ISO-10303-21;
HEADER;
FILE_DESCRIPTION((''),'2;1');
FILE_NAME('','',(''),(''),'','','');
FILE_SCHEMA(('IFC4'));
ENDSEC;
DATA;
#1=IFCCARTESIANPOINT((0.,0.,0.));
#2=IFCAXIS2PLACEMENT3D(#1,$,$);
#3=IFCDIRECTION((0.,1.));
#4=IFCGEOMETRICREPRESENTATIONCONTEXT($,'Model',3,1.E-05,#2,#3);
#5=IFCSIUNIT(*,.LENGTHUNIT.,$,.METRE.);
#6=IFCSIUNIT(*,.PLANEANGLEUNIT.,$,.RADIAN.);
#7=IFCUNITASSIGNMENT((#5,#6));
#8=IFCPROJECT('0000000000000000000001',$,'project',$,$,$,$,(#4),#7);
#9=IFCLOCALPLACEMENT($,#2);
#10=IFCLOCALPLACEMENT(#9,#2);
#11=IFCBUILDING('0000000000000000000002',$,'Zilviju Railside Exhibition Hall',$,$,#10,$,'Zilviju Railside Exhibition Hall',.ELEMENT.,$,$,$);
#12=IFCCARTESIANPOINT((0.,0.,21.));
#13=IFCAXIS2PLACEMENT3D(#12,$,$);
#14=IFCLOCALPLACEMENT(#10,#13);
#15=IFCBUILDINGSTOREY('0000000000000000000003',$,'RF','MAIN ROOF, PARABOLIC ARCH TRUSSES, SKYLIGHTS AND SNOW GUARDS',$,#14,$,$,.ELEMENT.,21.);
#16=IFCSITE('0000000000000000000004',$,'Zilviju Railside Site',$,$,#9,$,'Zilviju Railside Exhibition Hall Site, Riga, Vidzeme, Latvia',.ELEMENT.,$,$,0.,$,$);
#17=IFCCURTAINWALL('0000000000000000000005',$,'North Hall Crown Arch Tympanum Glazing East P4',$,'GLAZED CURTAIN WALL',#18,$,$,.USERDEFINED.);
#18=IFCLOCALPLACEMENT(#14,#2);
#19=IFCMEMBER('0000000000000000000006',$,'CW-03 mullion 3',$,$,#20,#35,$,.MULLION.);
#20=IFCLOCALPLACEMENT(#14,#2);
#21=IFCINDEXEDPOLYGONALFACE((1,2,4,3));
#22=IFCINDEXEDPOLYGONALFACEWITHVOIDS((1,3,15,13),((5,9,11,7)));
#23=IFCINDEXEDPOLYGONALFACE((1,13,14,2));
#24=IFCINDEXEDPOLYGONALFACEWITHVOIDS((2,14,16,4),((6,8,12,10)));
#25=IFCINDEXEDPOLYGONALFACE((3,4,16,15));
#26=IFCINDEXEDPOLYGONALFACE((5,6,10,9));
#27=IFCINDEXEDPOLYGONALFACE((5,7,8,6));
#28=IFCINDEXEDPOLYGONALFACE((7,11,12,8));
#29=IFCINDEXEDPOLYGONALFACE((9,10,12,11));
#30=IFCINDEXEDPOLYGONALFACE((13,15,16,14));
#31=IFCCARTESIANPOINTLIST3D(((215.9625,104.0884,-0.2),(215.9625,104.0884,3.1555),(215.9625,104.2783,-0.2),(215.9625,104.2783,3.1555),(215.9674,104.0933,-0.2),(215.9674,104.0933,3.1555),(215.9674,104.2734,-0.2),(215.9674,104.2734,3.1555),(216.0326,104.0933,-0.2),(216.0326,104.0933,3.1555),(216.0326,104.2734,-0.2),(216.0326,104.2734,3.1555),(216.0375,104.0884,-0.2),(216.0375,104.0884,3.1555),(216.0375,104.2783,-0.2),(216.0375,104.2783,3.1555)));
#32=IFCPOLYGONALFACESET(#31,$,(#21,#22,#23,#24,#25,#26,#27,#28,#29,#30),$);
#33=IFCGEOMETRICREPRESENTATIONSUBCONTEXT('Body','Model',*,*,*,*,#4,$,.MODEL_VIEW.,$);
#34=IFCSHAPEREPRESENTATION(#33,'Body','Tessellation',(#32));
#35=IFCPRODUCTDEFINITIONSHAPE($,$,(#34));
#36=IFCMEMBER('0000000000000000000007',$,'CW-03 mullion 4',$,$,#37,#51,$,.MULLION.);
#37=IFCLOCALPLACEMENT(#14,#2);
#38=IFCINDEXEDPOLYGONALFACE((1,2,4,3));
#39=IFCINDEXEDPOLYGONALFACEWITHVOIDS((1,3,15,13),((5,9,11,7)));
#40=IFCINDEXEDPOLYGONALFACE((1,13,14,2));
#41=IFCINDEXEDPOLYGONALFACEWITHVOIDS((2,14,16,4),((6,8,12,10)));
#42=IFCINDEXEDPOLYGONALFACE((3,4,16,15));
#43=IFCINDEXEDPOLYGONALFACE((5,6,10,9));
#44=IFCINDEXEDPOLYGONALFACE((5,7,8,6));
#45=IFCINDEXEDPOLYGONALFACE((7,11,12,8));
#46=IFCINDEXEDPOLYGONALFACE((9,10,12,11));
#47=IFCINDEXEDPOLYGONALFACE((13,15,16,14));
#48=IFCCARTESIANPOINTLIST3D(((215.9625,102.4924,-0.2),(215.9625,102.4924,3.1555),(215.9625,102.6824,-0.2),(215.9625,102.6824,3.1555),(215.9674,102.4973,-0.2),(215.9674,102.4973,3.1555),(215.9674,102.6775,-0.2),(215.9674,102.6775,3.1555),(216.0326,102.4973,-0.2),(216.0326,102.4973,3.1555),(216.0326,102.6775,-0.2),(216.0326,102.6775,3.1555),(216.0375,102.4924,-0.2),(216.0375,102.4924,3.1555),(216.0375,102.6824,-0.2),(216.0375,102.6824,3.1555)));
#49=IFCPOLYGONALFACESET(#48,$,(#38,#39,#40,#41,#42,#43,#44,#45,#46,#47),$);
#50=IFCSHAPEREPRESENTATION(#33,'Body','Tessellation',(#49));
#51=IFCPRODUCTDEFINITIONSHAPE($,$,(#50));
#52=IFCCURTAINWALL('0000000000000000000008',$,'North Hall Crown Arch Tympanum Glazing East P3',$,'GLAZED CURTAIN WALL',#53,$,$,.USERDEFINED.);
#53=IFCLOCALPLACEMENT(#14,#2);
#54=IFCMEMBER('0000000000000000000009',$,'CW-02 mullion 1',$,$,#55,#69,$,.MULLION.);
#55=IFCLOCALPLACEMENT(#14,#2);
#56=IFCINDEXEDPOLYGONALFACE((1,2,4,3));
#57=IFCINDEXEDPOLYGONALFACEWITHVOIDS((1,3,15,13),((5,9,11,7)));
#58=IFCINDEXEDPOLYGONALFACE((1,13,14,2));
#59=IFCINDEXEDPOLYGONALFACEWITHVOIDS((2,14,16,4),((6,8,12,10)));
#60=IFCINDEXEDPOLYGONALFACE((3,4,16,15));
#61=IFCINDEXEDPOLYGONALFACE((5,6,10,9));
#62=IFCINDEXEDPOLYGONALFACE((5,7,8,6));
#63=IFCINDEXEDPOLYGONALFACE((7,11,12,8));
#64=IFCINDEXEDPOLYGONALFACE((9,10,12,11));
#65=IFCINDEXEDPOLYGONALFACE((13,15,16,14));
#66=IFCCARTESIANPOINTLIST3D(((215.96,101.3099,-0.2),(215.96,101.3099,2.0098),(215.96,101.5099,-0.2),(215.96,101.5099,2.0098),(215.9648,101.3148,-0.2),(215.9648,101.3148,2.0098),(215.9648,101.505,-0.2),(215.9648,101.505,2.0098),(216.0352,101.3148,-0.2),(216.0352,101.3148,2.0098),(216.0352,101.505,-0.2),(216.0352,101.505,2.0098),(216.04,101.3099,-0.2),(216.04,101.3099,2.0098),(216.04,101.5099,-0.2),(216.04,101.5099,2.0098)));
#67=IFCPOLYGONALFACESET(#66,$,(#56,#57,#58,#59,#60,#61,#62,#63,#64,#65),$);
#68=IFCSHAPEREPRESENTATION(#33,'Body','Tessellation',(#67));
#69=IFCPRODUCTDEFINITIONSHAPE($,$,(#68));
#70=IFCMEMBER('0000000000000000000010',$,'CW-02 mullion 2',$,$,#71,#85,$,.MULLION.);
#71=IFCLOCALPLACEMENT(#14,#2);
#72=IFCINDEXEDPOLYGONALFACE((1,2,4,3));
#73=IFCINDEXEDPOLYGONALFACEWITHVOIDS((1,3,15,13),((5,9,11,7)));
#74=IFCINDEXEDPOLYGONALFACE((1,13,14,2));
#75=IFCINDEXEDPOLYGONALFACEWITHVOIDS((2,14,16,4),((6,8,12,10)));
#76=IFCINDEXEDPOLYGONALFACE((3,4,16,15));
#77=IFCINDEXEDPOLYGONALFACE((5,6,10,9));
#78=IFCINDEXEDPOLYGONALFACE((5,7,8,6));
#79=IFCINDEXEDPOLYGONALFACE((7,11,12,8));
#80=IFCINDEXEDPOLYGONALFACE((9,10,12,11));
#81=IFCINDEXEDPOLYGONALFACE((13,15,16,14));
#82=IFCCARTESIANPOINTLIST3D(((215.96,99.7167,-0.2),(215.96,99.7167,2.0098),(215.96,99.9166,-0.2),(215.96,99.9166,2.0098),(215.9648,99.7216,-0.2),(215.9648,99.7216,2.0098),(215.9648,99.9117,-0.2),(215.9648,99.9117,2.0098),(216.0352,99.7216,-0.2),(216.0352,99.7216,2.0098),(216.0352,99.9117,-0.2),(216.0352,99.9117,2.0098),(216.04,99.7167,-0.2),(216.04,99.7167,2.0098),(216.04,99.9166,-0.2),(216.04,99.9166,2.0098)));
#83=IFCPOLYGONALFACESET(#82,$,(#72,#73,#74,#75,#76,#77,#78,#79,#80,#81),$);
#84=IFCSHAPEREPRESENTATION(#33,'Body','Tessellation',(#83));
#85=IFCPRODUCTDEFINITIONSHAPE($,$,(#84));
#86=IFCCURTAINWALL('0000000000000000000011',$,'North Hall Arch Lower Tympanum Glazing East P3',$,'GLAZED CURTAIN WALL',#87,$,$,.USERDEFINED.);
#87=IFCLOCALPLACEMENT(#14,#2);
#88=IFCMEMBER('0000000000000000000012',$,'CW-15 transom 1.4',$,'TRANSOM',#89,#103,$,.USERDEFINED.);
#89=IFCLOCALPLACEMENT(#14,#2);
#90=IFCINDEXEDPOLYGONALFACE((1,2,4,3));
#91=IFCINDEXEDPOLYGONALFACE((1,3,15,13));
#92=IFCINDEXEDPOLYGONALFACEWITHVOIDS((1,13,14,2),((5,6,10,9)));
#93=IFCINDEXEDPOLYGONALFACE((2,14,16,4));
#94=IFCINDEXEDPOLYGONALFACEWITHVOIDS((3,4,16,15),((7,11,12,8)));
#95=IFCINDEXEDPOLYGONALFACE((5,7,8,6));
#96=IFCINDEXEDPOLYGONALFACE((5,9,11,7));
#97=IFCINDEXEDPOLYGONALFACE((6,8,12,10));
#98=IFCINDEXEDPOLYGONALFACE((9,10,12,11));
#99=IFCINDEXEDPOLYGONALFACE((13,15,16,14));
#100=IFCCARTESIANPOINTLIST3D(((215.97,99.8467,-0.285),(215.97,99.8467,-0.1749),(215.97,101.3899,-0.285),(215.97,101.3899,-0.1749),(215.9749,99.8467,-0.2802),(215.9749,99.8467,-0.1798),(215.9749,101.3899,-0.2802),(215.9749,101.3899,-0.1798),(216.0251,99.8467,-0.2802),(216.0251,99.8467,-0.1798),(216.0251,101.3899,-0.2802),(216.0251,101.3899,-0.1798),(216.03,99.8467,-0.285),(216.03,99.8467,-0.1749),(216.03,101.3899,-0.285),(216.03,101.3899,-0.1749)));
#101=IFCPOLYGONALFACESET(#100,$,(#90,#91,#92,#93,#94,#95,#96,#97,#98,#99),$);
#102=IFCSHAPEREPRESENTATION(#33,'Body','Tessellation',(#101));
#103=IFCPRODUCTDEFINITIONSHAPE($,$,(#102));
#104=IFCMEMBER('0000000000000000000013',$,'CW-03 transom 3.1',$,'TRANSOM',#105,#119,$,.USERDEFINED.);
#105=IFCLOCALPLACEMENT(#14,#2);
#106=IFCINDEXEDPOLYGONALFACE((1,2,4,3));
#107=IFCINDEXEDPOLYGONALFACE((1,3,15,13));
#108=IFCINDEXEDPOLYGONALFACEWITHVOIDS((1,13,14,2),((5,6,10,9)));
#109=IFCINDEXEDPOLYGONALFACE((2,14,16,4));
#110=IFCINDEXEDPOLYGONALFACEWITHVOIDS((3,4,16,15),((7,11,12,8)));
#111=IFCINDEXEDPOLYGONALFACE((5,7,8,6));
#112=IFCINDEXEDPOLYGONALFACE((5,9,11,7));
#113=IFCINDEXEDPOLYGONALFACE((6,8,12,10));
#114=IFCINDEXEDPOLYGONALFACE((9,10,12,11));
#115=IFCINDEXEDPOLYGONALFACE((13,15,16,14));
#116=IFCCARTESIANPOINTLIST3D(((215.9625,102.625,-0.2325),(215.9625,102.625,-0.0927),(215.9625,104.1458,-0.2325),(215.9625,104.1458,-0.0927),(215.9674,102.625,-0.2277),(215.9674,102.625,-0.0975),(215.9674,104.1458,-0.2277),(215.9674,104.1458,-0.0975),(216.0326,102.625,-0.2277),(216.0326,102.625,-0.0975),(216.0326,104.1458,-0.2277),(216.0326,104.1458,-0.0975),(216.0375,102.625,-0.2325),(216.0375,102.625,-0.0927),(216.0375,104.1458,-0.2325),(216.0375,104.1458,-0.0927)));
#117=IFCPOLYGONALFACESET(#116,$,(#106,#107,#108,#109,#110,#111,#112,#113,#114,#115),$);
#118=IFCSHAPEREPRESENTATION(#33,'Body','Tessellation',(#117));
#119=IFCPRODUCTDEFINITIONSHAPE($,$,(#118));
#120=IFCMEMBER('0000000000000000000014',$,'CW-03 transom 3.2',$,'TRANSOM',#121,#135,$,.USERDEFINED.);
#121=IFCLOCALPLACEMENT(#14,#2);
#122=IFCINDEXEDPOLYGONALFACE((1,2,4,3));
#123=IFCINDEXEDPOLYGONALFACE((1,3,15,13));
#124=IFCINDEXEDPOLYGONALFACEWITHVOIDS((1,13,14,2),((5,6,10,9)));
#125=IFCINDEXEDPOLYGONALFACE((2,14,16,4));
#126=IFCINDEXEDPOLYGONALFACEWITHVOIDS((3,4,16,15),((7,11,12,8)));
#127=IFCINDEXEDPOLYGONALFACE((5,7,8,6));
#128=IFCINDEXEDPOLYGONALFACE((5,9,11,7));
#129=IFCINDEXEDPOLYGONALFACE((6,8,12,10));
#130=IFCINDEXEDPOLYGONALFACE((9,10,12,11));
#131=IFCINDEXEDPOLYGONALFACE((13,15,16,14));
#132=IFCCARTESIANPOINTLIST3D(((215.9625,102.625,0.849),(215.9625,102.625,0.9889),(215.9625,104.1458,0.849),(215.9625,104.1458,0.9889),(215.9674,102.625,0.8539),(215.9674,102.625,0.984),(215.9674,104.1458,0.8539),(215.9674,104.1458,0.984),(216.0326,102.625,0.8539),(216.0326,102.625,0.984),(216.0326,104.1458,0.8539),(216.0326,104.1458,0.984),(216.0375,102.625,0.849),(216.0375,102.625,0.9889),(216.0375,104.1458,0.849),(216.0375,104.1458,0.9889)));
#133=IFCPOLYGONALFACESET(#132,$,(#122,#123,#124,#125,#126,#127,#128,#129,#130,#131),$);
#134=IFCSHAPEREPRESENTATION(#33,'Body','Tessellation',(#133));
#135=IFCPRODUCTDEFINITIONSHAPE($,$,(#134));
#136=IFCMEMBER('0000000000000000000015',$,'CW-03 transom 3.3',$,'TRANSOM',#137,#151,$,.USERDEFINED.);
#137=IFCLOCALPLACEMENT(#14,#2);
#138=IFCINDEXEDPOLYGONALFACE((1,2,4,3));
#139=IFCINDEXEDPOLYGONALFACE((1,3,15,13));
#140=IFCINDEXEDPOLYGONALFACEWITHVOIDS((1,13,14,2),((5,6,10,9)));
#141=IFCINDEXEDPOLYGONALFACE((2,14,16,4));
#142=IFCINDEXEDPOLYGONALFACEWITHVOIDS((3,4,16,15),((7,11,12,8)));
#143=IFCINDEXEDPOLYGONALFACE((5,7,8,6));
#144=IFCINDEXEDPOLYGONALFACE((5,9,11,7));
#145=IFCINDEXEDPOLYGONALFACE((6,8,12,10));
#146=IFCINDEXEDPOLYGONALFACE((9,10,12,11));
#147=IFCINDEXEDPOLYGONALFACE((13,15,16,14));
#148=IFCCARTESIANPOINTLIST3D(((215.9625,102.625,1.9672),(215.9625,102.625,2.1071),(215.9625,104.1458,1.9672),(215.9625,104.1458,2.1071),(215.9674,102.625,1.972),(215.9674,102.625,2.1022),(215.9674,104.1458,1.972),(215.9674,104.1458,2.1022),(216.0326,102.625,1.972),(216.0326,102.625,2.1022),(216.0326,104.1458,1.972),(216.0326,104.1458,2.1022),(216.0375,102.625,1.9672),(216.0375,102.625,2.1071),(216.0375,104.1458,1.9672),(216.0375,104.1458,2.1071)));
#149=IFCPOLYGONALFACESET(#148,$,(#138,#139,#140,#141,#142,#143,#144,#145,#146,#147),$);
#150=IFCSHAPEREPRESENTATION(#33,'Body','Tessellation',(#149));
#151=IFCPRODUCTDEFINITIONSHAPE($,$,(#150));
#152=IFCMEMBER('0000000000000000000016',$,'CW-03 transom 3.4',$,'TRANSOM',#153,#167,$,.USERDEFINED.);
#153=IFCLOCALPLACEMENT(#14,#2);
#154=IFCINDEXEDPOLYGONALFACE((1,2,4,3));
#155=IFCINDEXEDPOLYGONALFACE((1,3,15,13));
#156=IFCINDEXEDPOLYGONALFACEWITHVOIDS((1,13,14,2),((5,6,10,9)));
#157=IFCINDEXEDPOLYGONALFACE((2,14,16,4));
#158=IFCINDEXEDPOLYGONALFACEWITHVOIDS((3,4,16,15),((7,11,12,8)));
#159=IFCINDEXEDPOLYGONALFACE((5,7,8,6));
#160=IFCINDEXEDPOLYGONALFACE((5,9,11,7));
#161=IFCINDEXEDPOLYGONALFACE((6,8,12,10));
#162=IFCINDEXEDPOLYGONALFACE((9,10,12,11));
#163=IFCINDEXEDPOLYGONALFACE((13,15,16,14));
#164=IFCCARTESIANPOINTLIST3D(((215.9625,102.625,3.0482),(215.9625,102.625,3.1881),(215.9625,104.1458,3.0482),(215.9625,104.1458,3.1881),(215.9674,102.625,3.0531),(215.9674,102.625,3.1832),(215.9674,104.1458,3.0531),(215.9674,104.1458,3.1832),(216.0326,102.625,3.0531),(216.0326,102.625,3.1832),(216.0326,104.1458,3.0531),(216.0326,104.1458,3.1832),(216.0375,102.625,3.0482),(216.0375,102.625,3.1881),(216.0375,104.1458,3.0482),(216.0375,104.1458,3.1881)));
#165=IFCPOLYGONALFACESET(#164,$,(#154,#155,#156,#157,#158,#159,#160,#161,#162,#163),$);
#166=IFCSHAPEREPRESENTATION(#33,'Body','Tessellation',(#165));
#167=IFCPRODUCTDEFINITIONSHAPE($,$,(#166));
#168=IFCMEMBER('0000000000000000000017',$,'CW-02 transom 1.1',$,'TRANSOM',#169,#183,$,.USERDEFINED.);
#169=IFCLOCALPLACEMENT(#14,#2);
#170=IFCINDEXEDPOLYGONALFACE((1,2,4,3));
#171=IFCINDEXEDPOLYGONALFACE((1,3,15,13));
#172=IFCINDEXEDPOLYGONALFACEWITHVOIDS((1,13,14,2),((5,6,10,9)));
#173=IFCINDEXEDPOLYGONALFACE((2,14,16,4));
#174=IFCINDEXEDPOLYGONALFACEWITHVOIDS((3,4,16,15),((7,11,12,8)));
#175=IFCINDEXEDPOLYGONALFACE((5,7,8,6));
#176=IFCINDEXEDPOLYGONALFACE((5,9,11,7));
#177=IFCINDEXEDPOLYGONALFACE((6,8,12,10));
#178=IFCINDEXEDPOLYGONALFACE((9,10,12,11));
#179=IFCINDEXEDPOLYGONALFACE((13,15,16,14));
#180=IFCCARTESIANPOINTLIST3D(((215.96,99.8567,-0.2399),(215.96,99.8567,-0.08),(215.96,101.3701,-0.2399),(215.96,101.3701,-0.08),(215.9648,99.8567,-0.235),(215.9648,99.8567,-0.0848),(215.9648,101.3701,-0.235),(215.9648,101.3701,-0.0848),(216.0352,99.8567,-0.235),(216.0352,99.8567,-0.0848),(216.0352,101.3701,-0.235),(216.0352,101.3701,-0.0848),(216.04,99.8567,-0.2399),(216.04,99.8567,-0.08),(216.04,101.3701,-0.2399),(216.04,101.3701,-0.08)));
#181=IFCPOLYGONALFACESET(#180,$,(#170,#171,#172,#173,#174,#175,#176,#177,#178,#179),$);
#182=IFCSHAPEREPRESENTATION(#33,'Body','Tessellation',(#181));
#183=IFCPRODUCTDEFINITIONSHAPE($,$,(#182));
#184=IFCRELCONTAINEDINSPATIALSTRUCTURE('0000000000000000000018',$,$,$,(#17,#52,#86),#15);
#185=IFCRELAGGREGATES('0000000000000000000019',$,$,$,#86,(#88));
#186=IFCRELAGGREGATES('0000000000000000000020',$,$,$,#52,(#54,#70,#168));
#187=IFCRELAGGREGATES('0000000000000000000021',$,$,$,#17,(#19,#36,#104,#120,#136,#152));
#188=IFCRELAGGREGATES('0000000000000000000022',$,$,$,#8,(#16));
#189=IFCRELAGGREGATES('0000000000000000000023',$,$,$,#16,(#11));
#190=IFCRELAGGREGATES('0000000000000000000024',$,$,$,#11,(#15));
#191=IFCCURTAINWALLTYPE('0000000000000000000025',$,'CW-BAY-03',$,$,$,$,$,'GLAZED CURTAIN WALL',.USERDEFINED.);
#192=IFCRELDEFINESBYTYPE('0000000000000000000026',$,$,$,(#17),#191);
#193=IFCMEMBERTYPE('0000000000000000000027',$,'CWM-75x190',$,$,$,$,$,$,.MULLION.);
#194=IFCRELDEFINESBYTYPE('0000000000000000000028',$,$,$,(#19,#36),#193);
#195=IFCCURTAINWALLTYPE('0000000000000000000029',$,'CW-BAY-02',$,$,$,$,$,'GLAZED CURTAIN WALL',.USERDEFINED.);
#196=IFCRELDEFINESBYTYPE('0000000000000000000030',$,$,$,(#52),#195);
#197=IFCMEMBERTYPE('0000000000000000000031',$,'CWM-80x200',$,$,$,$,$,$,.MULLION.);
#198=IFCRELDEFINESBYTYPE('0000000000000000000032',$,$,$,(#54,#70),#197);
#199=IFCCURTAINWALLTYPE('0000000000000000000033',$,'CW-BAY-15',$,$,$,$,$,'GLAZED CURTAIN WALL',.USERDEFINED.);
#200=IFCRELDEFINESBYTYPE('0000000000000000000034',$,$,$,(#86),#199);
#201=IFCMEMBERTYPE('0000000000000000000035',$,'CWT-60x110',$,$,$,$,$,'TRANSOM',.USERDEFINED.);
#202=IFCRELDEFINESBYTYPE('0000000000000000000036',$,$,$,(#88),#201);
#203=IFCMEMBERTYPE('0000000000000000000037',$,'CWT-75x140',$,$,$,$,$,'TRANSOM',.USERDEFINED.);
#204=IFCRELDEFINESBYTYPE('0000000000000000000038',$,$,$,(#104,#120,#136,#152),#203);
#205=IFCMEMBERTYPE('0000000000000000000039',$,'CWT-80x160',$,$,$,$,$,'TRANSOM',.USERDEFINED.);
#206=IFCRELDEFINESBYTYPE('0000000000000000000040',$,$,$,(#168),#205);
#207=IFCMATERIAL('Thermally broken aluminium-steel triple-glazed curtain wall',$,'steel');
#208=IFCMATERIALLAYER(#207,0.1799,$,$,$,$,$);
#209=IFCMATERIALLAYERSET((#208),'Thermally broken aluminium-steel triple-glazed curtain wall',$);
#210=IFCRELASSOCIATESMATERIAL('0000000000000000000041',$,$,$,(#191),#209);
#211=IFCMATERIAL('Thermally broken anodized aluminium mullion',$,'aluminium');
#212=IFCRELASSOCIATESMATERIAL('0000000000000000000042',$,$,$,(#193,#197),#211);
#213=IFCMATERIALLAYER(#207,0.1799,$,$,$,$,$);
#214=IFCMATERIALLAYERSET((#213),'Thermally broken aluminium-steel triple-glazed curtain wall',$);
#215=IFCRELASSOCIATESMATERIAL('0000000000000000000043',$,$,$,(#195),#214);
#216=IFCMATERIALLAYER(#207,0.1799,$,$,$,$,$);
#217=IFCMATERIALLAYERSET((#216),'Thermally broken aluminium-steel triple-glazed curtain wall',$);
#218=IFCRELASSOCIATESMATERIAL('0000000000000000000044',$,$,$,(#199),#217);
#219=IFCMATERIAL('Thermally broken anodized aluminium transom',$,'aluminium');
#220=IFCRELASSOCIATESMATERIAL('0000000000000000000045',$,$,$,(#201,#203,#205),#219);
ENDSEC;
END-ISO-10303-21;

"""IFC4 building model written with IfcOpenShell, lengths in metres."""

from ifc_helpers import new_model, si_unit, direction, frame, origin, origin_2d, place, context, subcontext, project, spatial, hollow_rectangle, extrude, material, layer, layer_set, material_profile, profile_set, type_object, element, aggregate, save


model = new_model("IFC4")

# Units and contexts
model_context = context("Model", 3, precision=1e-05, world=origin(), true_north=direction((0.0, 1.0)))
body_context = subcontext(model_context, "Body", "Model", "MODEL_VIEW")
ifc_project = project(units=[si_unit("LENGTHUNIT", "METRE"), si_unit("PLANEANGLEUNIT", "RADIAN")], contexts=[model_context])

# Site, building, storey
site_placement = place(None, origin())
site = spatial("IfcSite", under=ifc_project, at=site_placement, Name="Zilviju Railside Site", LongName="Zilviju Railside Exhibition Hall Site, Riga, Vidzeme, Latvia", CompositionType="ELEMENT", RefElevation=0.0)
building_placement = place(site_placement, origin())
building = spatial("IfcBuilding", under=site, at=building_placement, Name="Zilviju Railside Exhibition Hall", LongName="Zilviju Railside Exhibition Hall", CompositionType="ELEMENT")
storey_placement = place(building_placement, frame((0.0, 0.0, 21.0)))
storey = spatial("IfcBuildingStorey", under=building, at=storey_placement, Name="RF", Description="MAIN ROOF, PARABOLIC ARCH TRUSSES, SKYLIGHTS AND SNOW GUARDS", CompositionType="ELEMENT", Elevation=21.0)

# Curtain walls, members
ifc_material_1 = material(Name="Thermally broken aluminium-steel triple-glazed curtain wall", Category="steel")
ifc_layer_1 = layer(ifc_material_1, 0.1799)
ifc_layer_set_1 = layer_set([ifc_layer_1], Name="Thermally broken aluminium-steel triple-glazed curtain wall")
curtain_wall_type_1 = type_object("IfcCurtainWallType", Name="CW-BAY-03", ElementType="GLAZED CURTAIN WALL", PredefinedType="USERDEFINED", material=ifc_layer_set_1)
curtain_wall_1_placement = place(storey_placement, origin())
curtain_wall_1 = element("IfcCurtainWall", 1, at=curtain_wall_1_placement, inside=storey, type_object=curtain_wall_type_1, Name="North Hall Crown Arch Tympanum Glazing East P4", ObjectType="GLAZED CURTAIN WALL", PredefinedType="USERDEFINED")
ifc_material_2 = material(Name="Thermally broken anodized aluminium mullion", Category="aluminium")
ifc_material_profile_1 = material_profile(ifc_material_2, hollow_rectangle(XDim=0.075, YDim=0.1899, WallThickness=0.0049, at=origin_2d()), Name="MULLION 190x75x5")
ifc_profile_set_1 = profile_set([ifc_material_profile_1], Name="Thermally broken anodized aluminium mullion")
member_type_1 = type_object("IfcMemberType", Name="CWM-75x190", PredefinedType="MULLION", material=ifc_profile_set_1)
member_1_placement = place(storey_placement, frame((216.0, 104.1833, -0.2), z_axis=(0.0, 0.0, 1.0), x_axis=(1.0, 0.0, 0.0)))
member_1 = element("IfcMember", 2, at=member_1_placement, type_object=member_type_1, Name="CW-03 mullion 3", PredefinedType="MULLION", context=body_context, shape_type="SweptSolid", body=[
    extrude(hollow_rectangle(XDim=0.075, YDim=0.1899, WallThickness=0.0049, at=origin_2d()), origin(), (0.0, 0.0, 1.0), 3.3555),
])
member_2_placement = place(storey_placement, frame((216.0, 102.5874, -0.2), z_axis=(0.0, 0.0, 1.0), x_axis=(1.0, 0.0, 0.0)))
member_2 = element("IfcMember", 3, at=member_2_placement, type_object=member_type_1, Name="CW-03 mullion 4", PredefinedType="MULLION", context=body_context, shape_type="SweptSolid", body=[
    extrude(hollow_rectangle(XDim=0.075, YDim=0.1899, WallThickness=0.0049, at=origin_2d()), origin(), (0.0, 0.0, 1.0), 3.3555),
])
ifc_layer_2 = layer(ifc_material_1, 0.1799)
ifc_layer_set_2 = layer_set([ifc_layer_2], Name="Thermally broken aluminium-steel triple-glazed curtain wall")
curtain_wall_type_2 = type_object("IfcCurtainWallType", Name="CW-BAY-02", ElementType="GLAZED CURTAIN WALL", PredefinedType="USERDEFINED", material=ifc_layer_set_2)
curtain_wall_2_placement = place(storey_placement, origin())
curtain_wall_2 = element("IfcCurtainWall", 4, at=curtain_wall_2_placement, inside=storey, type_object=curtain_wall_type_2, Name="North Hall Crown Arch Tympanum Glazing East P3", ObjectType="GLAZED CURTAIN WALL", PredefinedType="USERDEFINED")
ifc_material_profile_2 = material_profile(ifc_material_2, hollow_rectangle(XDim=0.0801, YDim=0.2, WallThickness=0.0049, at=origin_2d()), Name="MULLION 200x80x5")
ifc_profile_set_2 = profile_set([ifc_material_profile_2], Name="Thermally broken anodized aluminium mullion")
member_type_2 = type_object("IfcMemberType", Name="CWM-80x200", PredefinedType="MULLION", material=ifc_profile_set_2)
member_3_placement = place(storey_placement, frame((216.0, 101.4099, -0.2), z_axis=(0.0, 0.0, 1.0), x_axis=(1.0, 0.0, 0.0)))
member_3 = element("IfcMember", 5, at=member_3_placement, type_object=member_type_2, Name="CW-02 mullion 1", PredefinedType="MULLION", context=body_context, shape_type="SweptSolid", body=[
    extrude(hollow_rectangle(XDim=0.0801, YDim=0.2, WallThickness=0.0049, at=origin_2d()), origin(), (0.0, 0.0, 1.0), 2.2097),
])
member_4_placement = place(storey_placement, frame((216.0, 99.8167, -0.2), z_axis=(0.0, 0.0, 1.0), x_axis=(1.0, 0.0, 0.0)))
member_4 = element("IfcMember", 6, at=member_4_placement, type_object=member_type_2, Name="CW-02 mullion 2", PredefinedType="MULLION", context=body_context, shape_type="SweptSolid", body=[
    extrude(hollow_rectangle(XDim=0.0801, YDim=0.2, WallThickness=0.0049, at=origin_2d()), origin(), (0.0, 0.0, 1.0), 2.2097),
])

# Curtain wall, member
ifc_layer_3 = layer(ifc_material_1, 0.1799)
ifc_layer_set_3 = layer_set([ifc_layer_3], Name="Thermally broken aluminium-steel triple-glazed curtain wall")
curtain_wall_type_3 = type_object("IfcCurtainWallType", Name="CW-BAY-15", ElementType="GLAZED CURTAIN WALL", PredefinedType="USERDEFINED", material=ifc_layer_set_3)
curtain_wall_3_placement = place(storey_placement, origin())
curtain_wall_3 = element("IfcCurtainWall", 7, at=curtain_wall_3_placement, inside=storey, type_object=curtain_wall_type_3, Name="North Hall Arch Lower Tympanum Glazing East P3", ObjectType="GLAZED CURTAIN WALL", PredefinedType="USERDEFINED")
ifc_material_3 = material(Name="Thermally broken anodized aluminium transom", Category="aluminium")
ifc_material_profile_3 = material_profile(ifc_material_3, hollow_rectangle(XDim=0.0601, YDim=0.1101, WallThickness=0.0049, at=origin_2d()), Name="TRANSOM 110x60x5")
ifc_profile_set_3 = profile_set([ifc_material_profile_3], Name="Thermally broken anodized aluminium transom")
member_type_3 = type_object("IfcMemberType", Name="CWT-60x110", ElementType="TRANSOM", PredefinedType="USERDEFINED", material=ifc_profile_set_3)
member_5_placement = place(storey_placement, frame((216.0, 101.3899, -0.23), z_axis=(0.0, -1.0, 0.0), x_axis=(1.0, 0.0, 0.0)))
member_5 = element("IfcMember", 8, at=member_5_placement, type_object=member_type_3, Name="CW-15 transom 1.4", ObjectType="TRANSOM", PredefinedType="USERDEFINED", context=body_context, shape_type="SweptSolid", body=[
    extrude(hollow_rectangle(XDim=0.0601, YDim=0.1101, WallThickness=0.0049, at=origin_2d()), origin(), (0.0, 0.0, 1.0), 1.5432),
])
aggregate(curtain_wall_3, [member_5])

# Members
ifc_material_profile_4 = material_profile(ifc_material_3, hollow_rectangle(XDim=0.075, YDim=0.1399, WallThickness=0.0049, at=origin_2d()), Name="TRANSOM 140x75x5")
ifc_profile_set_4 = profile_set([ifc_material_profile_4], Name="Thermally broken anodized aluminium transom")
member_type_4 = type_object("IfcMemberType", Name="CWT-75x140", ElementType="TRANSOM", PredefinedType="USERDEFINED", material=ifc_profile_set_4)
member_6_placement = place(storey_placement, frame((216.0, 104.1458, -0.1626), z_axis=(0.0, -1.0, 0.0), x_axis=(1.0, 0.0, 0.0)))
member_6 = element("IfcMember", 9, at=member_6_placement, type_object=member_type_4, Name="CW-03 transom 3.1", ObjectType="TRANSOM", PredefinedType="USERDEFINED", context=body_context, shape_type="SweptSolid", body=[
    extrude(hollow_rectangle(XDim=0.075, YDim=0.1399, WallThickness=0.0049, at=origin_2d()), origin(), (0.0, 0.0, 1.0), 1.5208),
])
member_7_placement = place(storey_placement, frame((216.0, 104.1458, 0.9189), z_axis=(0.0, -1.0, 0.0), x_axis=(1.0, 0.0, 0.0)))
member_7 = element("IfcMember", 10, at=member_7_placement, type_object=member_type_4, Name="CW-03 transom 3.2", ObjectType="TRANSOM", PredefinedType="USERDEFINED", context=body_context, shape_type="SweptSolid", body=[
    extrude(hollow_rectangle(XDim=0.075, YDim=0.1399, WallThickness=0.0049, at=origin_2d()), origin(), (0.0, 0.0, 1.0), 1.5208),
])
member_8_placement = place(storey_placement, frame((216.0, 104.1458, 2.0371), z_axis=(0.0, -1.0, 0.0), x_axis=(1.0, 0.0, 0.0)))
member_8 = element("IfcMember", 11, at=member_8_placement, type_object=member_type_4, Name="CW-03 transom 3.3", ObjectType="TRANSOM", PredefinedType="USERDEFINED", context=body_context, shape_type="SweptSolid", body=[
    extrude(hollow_rectangle(XDim=0.075, YDim=0.1399, WallThickness=0.0049, at=origin_2d()), origin(), (0.0, 0.0, 1.0), 1.5208),
])
member_9_placement = place(storey_placement, frame((216.0, 104.1458, 3.1182), z_axis=(0.0, -1.0, 0.0), x_axis=(1.0, 0.0, 0.0)))
member_9 = element("IfcMember", 12, at=member_9_placement, type_object=member_type_4, Name="CW-03 transom 3.4", ObjectType="TRANSOM", PredefinedType="USERDEFINED", context=body_context, shape_type="SweptSolid", body=[
    extrude(hollow_rectangle(XDim=0.075, YDim=0.1399, WallThickness=0.0049, at=origin_2d()), origin(), (0.0, 0.0, 1.0), 1.5208),
])
ifc_material_profile_5 = material_profile(ifc_material_3, hollow_rectangle(XDim=0.0801, YDim=0.1599, WallThickness=0.0049, at=origin_2d()), Name="TRANSOM 160x80x5")
ifc_profile_set_5 = profile_set([ifc_material_profile_5], Name="Thermally broken anodized aluminium transom")
member_type_5 = type_object("IfcMemberType", Name="CWT-80x160", ElementType="TRANSOM", PredefinedType="USERDEFINED", material=ifc_profile_set_5)
member_10_placement = place(storey_placement, frame((216.0, 101.3701, -0.1599), z_axis=(0.0, -1.0, 0.0), x_axis=(1.0, 0.0, 0.0)))
member_10 = element("IfcMember", 13, at=member_10_placement, type_object=member_type_5, Name="CW-02 transom 1.1", ObjectType="TRANSOM", PredefinedType="USERDEFINED", context=body_context, shape_type="SweptSolid", body=[
    extrude(hollow_rectangle(XDim=0.0801, YDim=0.1599, WallThickness=0.0049, at=origin_2d()), origin(), (0.0, 0.0, 1.0), 1.5134),
])

aggregate(curtain_wall_2, [member_3, member_4, member_10])
aggregate(curtain_wall_1, [member_1, member_2, member_6, member_7, member_8, member_9])

save(model, "model.ifc")
